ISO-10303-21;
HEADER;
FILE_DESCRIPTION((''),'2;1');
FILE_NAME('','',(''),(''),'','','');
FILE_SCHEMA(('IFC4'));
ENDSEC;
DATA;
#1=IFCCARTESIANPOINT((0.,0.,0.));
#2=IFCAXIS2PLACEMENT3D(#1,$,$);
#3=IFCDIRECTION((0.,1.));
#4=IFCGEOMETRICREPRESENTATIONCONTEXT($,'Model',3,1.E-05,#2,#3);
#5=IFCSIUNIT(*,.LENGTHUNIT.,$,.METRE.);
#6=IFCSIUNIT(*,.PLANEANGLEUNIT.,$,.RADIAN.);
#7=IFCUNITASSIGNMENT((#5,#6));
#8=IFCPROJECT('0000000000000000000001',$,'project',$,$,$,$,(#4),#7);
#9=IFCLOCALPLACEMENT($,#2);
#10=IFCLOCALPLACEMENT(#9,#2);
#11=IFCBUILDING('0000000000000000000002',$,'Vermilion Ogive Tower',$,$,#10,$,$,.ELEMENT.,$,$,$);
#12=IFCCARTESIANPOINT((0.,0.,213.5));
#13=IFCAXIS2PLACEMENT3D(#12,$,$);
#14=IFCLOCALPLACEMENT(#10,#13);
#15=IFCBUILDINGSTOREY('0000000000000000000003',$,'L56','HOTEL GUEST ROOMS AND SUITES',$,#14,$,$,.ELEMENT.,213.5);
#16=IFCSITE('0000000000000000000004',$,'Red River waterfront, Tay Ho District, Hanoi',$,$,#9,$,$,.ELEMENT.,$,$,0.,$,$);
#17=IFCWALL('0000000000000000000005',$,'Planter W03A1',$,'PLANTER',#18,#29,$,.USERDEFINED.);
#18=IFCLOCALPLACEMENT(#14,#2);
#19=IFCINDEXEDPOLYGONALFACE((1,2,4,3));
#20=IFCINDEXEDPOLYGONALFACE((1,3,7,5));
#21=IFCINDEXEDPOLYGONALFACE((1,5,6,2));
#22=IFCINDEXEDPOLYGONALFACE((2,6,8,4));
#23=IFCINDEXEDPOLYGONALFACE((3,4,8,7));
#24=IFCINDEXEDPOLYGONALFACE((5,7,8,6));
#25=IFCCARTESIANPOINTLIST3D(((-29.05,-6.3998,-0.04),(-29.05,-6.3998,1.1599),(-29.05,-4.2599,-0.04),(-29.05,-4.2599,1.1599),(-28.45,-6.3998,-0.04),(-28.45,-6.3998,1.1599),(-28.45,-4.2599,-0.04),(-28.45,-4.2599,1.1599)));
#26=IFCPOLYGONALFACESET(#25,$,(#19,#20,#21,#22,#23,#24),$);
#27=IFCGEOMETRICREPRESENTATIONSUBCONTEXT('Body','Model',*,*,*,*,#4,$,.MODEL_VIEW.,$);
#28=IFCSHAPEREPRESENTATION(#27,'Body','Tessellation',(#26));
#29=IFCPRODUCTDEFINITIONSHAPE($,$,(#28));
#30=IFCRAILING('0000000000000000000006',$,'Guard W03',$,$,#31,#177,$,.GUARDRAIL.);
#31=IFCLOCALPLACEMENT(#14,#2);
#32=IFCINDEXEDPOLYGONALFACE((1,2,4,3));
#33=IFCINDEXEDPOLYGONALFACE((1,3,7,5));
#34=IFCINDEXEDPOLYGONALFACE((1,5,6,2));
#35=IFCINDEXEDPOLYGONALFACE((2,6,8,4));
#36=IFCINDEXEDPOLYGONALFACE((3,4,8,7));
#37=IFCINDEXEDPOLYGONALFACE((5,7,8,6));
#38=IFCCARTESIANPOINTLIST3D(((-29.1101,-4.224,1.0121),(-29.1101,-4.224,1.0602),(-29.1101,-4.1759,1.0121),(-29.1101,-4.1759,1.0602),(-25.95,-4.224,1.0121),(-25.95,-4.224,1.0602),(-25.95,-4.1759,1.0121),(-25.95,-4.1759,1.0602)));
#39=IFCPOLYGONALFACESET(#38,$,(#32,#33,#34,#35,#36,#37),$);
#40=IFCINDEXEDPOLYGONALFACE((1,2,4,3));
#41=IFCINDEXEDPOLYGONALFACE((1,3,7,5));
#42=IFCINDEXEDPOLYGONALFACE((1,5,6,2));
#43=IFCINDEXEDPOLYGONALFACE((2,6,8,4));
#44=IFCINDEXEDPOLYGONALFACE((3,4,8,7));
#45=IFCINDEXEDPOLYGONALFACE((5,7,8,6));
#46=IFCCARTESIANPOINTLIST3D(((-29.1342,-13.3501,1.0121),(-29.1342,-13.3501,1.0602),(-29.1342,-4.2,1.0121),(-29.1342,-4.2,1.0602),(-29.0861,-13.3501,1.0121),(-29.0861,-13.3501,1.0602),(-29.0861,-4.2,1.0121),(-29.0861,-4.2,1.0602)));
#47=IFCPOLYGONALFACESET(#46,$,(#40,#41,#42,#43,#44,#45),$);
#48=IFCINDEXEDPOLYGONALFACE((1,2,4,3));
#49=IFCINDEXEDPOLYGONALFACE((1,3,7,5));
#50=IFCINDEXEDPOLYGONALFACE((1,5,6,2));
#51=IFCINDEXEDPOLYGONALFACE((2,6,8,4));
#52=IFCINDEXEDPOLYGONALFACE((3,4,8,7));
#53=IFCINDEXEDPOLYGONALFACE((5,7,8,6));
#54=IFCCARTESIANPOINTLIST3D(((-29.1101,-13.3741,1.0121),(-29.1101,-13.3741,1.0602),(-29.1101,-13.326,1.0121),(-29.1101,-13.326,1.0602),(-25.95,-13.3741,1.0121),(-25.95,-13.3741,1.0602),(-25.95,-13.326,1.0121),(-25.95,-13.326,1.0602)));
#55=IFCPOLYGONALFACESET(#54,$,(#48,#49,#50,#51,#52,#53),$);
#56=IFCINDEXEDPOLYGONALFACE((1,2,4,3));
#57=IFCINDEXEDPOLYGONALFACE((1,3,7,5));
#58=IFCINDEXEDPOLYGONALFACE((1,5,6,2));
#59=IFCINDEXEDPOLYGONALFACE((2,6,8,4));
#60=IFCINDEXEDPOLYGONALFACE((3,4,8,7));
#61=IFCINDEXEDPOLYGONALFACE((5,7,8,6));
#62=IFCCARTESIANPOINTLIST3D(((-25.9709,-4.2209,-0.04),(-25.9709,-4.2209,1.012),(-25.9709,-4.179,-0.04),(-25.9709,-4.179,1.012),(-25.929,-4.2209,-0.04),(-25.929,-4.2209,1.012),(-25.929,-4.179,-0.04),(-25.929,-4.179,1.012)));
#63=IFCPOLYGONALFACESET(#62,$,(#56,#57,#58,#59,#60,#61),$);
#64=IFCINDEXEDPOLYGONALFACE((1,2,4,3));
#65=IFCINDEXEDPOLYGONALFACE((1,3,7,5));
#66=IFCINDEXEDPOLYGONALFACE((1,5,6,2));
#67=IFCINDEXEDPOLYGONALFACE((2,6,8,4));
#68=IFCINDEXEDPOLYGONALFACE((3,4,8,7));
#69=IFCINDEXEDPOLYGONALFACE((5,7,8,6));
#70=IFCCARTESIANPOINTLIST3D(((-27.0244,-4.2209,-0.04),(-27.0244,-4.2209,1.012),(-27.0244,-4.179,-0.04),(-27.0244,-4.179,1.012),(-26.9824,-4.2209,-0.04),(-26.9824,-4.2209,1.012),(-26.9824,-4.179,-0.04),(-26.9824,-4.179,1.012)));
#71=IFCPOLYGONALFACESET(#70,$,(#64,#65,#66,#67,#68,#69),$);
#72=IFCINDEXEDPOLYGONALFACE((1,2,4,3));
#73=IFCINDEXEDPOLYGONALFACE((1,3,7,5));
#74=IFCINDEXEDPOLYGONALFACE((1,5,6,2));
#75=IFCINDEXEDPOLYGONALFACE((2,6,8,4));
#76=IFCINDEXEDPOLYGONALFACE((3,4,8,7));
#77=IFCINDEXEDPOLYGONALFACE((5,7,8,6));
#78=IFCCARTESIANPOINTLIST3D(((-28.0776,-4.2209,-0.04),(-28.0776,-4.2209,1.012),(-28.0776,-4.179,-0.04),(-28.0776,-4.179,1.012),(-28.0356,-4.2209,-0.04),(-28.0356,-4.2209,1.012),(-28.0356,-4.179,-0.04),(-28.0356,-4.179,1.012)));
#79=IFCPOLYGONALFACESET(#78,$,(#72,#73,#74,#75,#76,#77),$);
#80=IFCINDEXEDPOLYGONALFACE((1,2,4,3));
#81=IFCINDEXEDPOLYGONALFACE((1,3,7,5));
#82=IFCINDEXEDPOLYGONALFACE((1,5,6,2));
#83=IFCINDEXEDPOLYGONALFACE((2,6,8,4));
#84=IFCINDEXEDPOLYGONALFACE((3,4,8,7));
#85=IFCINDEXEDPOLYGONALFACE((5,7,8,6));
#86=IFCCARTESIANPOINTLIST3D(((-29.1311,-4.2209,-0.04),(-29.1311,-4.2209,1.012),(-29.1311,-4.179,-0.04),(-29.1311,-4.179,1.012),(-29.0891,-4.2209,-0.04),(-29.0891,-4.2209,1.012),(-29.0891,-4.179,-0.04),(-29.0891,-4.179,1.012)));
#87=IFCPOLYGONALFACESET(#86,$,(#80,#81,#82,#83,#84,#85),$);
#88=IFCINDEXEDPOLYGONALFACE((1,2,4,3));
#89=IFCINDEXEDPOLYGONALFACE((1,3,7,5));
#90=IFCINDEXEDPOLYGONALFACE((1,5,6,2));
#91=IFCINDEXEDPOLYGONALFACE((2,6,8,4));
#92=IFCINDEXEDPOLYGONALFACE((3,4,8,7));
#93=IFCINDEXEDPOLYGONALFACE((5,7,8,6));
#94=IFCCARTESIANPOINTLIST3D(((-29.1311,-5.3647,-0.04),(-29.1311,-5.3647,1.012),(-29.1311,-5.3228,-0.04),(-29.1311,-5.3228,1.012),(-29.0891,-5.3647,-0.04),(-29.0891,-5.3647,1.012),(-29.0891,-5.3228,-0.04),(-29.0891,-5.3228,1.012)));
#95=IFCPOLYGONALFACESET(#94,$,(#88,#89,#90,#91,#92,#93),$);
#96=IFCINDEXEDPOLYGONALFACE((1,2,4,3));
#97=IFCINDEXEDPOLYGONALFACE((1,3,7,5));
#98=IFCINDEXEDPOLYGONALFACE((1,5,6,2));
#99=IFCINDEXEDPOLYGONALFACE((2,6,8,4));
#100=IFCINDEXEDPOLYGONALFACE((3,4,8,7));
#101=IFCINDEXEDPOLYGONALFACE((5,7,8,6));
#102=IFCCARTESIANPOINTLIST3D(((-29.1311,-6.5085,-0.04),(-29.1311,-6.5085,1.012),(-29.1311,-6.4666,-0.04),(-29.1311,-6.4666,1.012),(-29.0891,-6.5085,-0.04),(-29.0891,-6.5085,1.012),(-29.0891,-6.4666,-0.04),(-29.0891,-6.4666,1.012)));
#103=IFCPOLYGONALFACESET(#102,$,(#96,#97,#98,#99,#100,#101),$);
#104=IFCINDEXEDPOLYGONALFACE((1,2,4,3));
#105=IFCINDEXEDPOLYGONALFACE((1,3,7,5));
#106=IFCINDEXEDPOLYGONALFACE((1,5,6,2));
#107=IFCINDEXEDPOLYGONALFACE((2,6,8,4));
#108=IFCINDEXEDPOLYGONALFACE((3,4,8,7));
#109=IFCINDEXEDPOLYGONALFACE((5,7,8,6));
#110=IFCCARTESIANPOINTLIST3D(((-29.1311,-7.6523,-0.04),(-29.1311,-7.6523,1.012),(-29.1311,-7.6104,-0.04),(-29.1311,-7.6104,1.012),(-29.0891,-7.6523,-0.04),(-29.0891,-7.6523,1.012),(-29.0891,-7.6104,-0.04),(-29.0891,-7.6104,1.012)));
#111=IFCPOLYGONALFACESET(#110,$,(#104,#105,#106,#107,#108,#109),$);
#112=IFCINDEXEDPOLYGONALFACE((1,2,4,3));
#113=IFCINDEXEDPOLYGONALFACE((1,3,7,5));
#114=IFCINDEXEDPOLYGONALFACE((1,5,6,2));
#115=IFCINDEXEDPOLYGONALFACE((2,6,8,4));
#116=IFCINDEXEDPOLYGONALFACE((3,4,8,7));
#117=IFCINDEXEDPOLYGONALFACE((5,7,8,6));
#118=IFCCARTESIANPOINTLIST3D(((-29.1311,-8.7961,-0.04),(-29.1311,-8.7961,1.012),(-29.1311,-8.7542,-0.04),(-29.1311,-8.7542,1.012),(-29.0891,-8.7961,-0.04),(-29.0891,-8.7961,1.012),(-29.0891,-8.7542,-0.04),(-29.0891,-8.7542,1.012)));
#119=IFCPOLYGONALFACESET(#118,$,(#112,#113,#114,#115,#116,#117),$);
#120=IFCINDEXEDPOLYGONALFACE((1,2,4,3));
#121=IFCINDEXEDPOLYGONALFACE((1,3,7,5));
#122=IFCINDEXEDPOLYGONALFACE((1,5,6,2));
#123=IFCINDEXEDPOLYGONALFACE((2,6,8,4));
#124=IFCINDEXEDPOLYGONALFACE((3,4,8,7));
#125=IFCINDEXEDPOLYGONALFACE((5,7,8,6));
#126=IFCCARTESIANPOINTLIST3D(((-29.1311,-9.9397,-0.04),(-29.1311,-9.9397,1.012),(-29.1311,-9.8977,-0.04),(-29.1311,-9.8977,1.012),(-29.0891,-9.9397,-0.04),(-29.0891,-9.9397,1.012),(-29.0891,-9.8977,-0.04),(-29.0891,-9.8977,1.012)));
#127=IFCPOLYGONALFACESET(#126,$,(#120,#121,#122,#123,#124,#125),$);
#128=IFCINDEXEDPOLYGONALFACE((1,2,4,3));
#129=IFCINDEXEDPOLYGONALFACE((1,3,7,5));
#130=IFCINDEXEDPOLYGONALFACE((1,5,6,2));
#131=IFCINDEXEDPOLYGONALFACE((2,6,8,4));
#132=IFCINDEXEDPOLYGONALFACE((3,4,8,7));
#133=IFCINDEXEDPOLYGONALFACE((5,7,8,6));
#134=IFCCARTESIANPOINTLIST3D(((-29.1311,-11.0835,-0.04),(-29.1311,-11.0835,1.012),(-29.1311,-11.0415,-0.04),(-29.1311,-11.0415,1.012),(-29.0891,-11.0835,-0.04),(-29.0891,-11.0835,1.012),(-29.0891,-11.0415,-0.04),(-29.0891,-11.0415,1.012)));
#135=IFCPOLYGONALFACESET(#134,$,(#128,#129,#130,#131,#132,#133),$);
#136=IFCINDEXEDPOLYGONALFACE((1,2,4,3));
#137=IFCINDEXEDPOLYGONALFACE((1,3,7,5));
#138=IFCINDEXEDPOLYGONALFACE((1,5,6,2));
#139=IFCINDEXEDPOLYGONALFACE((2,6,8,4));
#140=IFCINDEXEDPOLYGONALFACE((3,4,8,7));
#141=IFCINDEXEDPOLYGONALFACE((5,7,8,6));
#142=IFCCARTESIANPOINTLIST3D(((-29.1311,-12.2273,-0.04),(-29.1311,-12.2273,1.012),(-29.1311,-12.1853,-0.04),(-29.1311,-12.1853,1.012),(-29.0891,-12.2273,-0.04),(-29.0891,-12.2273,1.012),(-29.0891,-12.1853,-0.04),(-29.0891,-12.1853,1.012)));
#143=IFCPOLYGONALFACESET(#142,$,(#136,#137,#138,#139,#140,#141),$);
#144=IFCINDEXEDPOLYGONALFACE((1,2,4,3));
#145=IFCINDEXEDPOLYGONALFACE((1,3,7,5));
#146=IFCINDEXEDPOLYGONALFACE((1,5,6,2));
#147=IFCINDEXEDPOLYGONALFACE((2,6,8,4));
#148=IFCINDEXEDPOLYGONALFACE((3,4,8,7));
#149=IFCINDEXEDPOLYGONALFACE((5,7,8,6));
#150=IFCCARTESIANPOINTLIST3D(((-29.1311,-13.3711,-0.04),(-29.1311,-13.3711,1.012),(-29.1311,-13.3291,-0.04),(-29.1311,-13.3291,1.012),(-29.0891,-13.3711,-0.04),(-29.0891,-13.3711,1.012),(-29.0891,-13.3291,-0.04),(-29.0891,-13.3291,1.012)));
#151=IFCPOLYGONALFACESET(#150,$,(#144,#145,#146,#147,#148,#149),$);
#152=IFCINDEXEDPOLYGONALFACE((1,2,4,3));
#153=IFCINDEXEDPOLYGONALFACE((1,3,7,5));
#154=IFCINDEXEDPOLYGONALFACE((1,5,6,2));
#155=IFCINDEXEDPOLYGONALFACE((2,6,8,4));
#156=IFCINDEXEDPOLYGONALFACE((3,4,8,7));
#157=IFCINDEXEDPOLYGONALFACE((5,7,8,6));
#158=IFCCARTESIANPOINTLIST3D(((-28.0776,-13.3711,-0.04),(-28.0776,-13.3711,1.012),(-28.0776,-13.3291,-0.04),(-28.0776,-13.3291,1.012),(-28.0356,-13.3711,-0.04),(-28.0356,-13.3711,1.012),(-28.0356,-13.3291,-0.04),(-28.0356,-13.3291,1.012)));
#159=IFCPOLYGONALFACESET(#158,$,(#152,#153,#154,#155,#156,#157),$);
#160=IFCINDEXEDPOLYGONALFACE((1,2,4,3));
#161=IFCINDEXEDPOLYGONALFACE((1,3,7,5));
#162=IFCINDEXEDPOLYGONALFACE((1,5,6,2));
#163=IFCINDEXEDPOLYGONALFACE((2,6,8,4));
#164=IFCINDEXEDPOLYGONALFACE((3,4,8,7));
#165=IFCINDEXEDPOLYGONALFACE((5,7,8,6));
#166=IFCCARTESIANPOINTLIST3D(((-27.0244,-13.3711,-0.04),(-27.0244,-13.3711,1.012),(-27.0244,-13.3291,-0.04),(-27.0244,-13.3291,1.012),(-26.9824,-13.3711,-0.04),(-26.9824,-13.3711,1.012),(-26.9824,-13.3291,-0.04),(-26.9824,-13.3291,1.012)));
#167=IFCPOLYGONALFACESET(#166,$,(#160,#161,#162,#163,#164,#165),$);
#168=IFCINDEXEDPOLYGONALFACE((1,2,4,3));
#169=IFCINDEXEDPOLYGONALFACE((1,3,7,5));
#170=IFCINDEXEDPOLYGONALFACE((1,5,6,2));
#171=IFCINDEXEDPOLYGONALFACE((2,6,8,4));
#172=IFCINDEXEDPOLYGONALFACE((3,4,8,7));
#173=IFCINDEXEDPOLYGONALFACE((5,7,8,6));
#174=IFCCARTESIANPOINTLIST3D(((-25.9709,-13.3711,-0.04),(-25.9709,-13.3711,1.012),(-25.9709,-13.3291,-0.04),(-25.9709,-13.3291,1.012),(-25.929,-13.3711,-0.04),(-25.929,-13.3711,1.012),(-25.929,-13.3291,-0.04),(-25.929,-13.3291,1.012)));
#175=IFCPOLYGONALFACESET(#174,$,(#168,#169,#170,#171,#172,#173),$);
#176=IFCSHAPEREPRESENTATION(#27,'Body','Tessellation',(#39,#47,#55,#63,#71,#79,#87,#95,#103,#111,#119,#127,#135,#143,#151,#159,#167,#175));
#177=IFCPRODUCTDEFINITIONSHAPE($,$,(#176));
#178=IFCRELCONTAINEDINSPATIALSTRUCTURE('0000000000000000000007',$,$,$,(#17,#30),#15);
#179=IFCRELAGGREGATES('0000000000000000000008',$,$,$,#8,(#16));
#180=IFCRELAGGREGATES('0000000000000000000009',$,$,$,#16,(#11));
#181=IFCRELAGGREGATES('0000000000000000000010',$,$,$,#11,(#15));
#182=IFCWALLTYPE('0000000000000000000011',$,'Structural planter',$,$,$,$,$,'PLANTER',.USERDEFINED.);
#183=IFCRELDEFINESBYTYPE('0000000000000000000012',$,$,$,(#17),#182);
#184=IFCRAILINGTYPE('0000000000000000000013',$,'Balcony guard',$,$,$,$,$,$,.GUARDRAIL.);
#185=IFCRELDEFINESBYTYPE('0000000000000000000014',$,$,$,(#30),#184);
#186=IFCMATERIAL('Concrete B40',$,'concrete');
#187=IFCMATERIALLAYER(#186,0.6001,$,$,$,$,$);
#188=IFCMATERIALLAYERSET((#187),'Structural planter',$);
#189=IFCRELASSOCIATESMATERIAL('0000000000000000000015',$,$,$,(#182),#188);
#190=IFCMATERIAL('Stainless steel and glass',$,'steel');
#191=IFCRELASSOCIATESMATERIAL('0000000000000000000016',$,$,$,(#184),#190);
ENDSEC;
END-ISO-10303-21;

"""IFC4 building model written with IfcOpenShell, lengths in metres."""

from ifc_helpers import new_model, si_unit, direction, frame, frame_2d, origin, origin_2d, place, context, subcontext, project, spatial, rectangle, extrude, material, layer, layer_set, type_object, element, save


model = new_model("IFC4")

# Units and contexts
model_context = context("Model", 3, precision=1e-05, world=origin(), true_north=direction((0.0, 1.0)))
body_context = subcontext(model_context, "Body", "Model", "MODEL_VIEW")
ifc_project = project(units=[si_unit("LENGTHUNIT", "METRE"), si_unit("PLANEANGLEUNIT", "RADIAN")], contexts=[model_context])

# Site, building, storey
site_placement = place(None, origin())
site = spatial("IfcSite", under=ifc_project, at=site_placement, Name="Red River waterfront, Tay Ho District, Hanoi", CompositionType="ELEMENT", RefElevation=0.0)
building_placement = place(site_placement, origin())
building = spatial("IfcBuilding", under=site, at=building_placement, Name="Vermilion Ogive Tower", CompositionType="ELEMENT")
storey_placement = place(building_placement, frame((0.0, 0.0, 213.5)))
storey = spatial("IfcBuildingStorey", under=building, at=storey_placement, Name="L56", Description="HOTEL GUEST ROOMS AND SUITES", CompositionType="ELEMENT", Elevation=213.5)

# Wall
ifc_material_1 = material(Name="Concrete B40", Category="concrete")
ifc_layer_1 = layer(ifc_material_1, 0.6001)
ifc_layer_set_1 = layer_set([ifc_layer_1], Name="Structural planter")
wall_type_1 = type_object("IfcWallType", Name="Structural planter", ElementType="PLANTER", PredefinedType="USERDEFINED", material=ifc_layer_set_1)
wall_1_placement = place(storey_placement, frame((-28.75, -4.26, -0.04), z_axis=(0.0, 0.0, 1.0), x_axis=(0.0, -1.0, 0.0)))
element("IfcWall", 1, at=wall_1_placement, inside=storey, type_object=wall_type_1, Name="Planter W03A1", ObjectType="PLANTER", PredefinedType="USERDEFINED", context=body_context, shape_type="SweptSolid", body=[
    extrude(rectangle(XDim=2.1399, YDim=0.6001, at=frame_2d((1.0698, 0.0))), origin(), (0.0, 0.0, 1.0), 1.2),
])

# Railing
ifc_material_2 = material(Name="Stainless steel and glass", Category="steel")
railing_type = type_object("IfcRailingType", Name="Balcony guard", PredefinedType="GUARDRAIL", material=ifc_material_2)
railing_placement = place(storey_placement, frame((-25.95, -4.2, -0.04)))
element("IfcRailing", 2, at=railing_placement, inside=storey, type_object=railing_type, Name="Guard W03", PredefinedType="GUARDRAIL", context=body_context, shape_type="SweptSolid", body=[
    extrude(rectangle(XDim=0.0481, YDim=0.0481, at=origin_2d()), frame((0.0, 0.0, 1.0762), z_axis=(-1.0, 0.0, 0.0), x_axis=(0.0, -1.0, 0.0)), (0.0, 0.0, 1.0), 3.1602),
    extrude(rectangle(XDim=0.0481, YDim=0.0481, at=origin_2d()), frame((-3.1602, 0.0, 1.0762), z_axis=(0.0, -1.0, 0.0), x_axis=(1.0, 0.0, 0.0)), (0.0, 0.0, 1.0), 9.1501),
    extrude(rectangle(XDim=0.0481, YDim=0.0481, at=origin_2d()), frame((-3.1602, -9.1501, 1.0762), z_axis=(1.0, 0.0, 0.0), x_axis=(0.0, 1.0, 0.0)), (0.0, 0.0, 1.0), 3.1602),
    extrude(rectangle(XDim=0.042, YDim=0.042, at=origin_2d()), origin(), (0.0, 0.0, 1.0), 1.052),
    extrude(rectangle(XDim=0.042, YDim=0.042, at=origin_2d()), frame((-1.0535, 0.0, 0.0)), (0.0, 0.0, 1.0), 1.052),
    extrude(rectangle(XDim=0.042, YDim=0.042, at=origin_2d()), frame((-2.1067, 0.0, 0.0)), (0.0, 0.0, 1.0), 1.052),
    extrude(rectangle(XDim=0.042, YDim=0.042, at=origin_2d()), frame((-3.1602, 0.0, 0.0)), (0.0, 0.0, 1.0), 1.052),
    extrude(rectangle(XDim=0.042, YDim=0.042, at=origin_2d()), frame((-3.1602, -1.1438, 0.0)), (0.0, 0.0, 1.0), 1.052),
    extrude(rectangle(XDim=0.042, YDim=0.042, at=origin_2d()), frame((-3.1602, -2.2876, 0.0)), (0.0, 0.0, 1.0), 1.052),
    extrude(rectangle(XDim=0.042, YDim=0.042, at=origin_2d()), frame((-3.1602, -3.4314, 0.0)), (0.0, 0.0, 1.0), 1.052),
    extrude(rectangle(XDim=0.042, YDim=0.042, at=origin_2d()), frame((-3.1602, -4.5752, 0.0)), (0.0, 0.0, 1.0), 1.052),
    extrude(rectangle(XDim=0.042, YDim=0.042, at=origin_2d()), frame((-3.1602, -5.7188, 0.0)), (0.0, 0.0, 1.0), 1.052),
    extrude(rectangle(XDim=0.042, YDim=0.042, at=origin_2d()), frame((-3.1602, -6.8625, 0.0)), (0.0, 0.0, 1.0), 1.052),
    extrude(rectangle(XDim=0.042, YDim=0.042, at=origin_2d()), frame((-3.1602, -8.0063, 0.0)), (0.0, 0.0, 1.0), 1.052),
    extrude(rectangle(XDim=0.042, YDim=0.042, at=origin_2d()), frame((-3.1602, -9.1501, 0.0)), (0.0, 0.0, 1.0), 1.052),
    extrude(rectangle(XDim=0.042, YDim=0.042, at=origin_2d()), frame((-2.1067, -9.1501, 0.0)), (0.0, 0.0, 1.0), 1.052),
    extrude(rectangle(XDim=0.042, YDim=0.042, at=origin_2d()), frame((-1.0535, -9.1501, 0.0)), (0.0, 0.0, 1.0), 1.052),
    extrude(rectangle(XDim=0.042, YDim=0.042, at=origin_2d()), frame((0.0, -9.1501, 0.0)), (0.0, 0.0, 1.0), 1.052),
])

save(model, "model.ifc")
